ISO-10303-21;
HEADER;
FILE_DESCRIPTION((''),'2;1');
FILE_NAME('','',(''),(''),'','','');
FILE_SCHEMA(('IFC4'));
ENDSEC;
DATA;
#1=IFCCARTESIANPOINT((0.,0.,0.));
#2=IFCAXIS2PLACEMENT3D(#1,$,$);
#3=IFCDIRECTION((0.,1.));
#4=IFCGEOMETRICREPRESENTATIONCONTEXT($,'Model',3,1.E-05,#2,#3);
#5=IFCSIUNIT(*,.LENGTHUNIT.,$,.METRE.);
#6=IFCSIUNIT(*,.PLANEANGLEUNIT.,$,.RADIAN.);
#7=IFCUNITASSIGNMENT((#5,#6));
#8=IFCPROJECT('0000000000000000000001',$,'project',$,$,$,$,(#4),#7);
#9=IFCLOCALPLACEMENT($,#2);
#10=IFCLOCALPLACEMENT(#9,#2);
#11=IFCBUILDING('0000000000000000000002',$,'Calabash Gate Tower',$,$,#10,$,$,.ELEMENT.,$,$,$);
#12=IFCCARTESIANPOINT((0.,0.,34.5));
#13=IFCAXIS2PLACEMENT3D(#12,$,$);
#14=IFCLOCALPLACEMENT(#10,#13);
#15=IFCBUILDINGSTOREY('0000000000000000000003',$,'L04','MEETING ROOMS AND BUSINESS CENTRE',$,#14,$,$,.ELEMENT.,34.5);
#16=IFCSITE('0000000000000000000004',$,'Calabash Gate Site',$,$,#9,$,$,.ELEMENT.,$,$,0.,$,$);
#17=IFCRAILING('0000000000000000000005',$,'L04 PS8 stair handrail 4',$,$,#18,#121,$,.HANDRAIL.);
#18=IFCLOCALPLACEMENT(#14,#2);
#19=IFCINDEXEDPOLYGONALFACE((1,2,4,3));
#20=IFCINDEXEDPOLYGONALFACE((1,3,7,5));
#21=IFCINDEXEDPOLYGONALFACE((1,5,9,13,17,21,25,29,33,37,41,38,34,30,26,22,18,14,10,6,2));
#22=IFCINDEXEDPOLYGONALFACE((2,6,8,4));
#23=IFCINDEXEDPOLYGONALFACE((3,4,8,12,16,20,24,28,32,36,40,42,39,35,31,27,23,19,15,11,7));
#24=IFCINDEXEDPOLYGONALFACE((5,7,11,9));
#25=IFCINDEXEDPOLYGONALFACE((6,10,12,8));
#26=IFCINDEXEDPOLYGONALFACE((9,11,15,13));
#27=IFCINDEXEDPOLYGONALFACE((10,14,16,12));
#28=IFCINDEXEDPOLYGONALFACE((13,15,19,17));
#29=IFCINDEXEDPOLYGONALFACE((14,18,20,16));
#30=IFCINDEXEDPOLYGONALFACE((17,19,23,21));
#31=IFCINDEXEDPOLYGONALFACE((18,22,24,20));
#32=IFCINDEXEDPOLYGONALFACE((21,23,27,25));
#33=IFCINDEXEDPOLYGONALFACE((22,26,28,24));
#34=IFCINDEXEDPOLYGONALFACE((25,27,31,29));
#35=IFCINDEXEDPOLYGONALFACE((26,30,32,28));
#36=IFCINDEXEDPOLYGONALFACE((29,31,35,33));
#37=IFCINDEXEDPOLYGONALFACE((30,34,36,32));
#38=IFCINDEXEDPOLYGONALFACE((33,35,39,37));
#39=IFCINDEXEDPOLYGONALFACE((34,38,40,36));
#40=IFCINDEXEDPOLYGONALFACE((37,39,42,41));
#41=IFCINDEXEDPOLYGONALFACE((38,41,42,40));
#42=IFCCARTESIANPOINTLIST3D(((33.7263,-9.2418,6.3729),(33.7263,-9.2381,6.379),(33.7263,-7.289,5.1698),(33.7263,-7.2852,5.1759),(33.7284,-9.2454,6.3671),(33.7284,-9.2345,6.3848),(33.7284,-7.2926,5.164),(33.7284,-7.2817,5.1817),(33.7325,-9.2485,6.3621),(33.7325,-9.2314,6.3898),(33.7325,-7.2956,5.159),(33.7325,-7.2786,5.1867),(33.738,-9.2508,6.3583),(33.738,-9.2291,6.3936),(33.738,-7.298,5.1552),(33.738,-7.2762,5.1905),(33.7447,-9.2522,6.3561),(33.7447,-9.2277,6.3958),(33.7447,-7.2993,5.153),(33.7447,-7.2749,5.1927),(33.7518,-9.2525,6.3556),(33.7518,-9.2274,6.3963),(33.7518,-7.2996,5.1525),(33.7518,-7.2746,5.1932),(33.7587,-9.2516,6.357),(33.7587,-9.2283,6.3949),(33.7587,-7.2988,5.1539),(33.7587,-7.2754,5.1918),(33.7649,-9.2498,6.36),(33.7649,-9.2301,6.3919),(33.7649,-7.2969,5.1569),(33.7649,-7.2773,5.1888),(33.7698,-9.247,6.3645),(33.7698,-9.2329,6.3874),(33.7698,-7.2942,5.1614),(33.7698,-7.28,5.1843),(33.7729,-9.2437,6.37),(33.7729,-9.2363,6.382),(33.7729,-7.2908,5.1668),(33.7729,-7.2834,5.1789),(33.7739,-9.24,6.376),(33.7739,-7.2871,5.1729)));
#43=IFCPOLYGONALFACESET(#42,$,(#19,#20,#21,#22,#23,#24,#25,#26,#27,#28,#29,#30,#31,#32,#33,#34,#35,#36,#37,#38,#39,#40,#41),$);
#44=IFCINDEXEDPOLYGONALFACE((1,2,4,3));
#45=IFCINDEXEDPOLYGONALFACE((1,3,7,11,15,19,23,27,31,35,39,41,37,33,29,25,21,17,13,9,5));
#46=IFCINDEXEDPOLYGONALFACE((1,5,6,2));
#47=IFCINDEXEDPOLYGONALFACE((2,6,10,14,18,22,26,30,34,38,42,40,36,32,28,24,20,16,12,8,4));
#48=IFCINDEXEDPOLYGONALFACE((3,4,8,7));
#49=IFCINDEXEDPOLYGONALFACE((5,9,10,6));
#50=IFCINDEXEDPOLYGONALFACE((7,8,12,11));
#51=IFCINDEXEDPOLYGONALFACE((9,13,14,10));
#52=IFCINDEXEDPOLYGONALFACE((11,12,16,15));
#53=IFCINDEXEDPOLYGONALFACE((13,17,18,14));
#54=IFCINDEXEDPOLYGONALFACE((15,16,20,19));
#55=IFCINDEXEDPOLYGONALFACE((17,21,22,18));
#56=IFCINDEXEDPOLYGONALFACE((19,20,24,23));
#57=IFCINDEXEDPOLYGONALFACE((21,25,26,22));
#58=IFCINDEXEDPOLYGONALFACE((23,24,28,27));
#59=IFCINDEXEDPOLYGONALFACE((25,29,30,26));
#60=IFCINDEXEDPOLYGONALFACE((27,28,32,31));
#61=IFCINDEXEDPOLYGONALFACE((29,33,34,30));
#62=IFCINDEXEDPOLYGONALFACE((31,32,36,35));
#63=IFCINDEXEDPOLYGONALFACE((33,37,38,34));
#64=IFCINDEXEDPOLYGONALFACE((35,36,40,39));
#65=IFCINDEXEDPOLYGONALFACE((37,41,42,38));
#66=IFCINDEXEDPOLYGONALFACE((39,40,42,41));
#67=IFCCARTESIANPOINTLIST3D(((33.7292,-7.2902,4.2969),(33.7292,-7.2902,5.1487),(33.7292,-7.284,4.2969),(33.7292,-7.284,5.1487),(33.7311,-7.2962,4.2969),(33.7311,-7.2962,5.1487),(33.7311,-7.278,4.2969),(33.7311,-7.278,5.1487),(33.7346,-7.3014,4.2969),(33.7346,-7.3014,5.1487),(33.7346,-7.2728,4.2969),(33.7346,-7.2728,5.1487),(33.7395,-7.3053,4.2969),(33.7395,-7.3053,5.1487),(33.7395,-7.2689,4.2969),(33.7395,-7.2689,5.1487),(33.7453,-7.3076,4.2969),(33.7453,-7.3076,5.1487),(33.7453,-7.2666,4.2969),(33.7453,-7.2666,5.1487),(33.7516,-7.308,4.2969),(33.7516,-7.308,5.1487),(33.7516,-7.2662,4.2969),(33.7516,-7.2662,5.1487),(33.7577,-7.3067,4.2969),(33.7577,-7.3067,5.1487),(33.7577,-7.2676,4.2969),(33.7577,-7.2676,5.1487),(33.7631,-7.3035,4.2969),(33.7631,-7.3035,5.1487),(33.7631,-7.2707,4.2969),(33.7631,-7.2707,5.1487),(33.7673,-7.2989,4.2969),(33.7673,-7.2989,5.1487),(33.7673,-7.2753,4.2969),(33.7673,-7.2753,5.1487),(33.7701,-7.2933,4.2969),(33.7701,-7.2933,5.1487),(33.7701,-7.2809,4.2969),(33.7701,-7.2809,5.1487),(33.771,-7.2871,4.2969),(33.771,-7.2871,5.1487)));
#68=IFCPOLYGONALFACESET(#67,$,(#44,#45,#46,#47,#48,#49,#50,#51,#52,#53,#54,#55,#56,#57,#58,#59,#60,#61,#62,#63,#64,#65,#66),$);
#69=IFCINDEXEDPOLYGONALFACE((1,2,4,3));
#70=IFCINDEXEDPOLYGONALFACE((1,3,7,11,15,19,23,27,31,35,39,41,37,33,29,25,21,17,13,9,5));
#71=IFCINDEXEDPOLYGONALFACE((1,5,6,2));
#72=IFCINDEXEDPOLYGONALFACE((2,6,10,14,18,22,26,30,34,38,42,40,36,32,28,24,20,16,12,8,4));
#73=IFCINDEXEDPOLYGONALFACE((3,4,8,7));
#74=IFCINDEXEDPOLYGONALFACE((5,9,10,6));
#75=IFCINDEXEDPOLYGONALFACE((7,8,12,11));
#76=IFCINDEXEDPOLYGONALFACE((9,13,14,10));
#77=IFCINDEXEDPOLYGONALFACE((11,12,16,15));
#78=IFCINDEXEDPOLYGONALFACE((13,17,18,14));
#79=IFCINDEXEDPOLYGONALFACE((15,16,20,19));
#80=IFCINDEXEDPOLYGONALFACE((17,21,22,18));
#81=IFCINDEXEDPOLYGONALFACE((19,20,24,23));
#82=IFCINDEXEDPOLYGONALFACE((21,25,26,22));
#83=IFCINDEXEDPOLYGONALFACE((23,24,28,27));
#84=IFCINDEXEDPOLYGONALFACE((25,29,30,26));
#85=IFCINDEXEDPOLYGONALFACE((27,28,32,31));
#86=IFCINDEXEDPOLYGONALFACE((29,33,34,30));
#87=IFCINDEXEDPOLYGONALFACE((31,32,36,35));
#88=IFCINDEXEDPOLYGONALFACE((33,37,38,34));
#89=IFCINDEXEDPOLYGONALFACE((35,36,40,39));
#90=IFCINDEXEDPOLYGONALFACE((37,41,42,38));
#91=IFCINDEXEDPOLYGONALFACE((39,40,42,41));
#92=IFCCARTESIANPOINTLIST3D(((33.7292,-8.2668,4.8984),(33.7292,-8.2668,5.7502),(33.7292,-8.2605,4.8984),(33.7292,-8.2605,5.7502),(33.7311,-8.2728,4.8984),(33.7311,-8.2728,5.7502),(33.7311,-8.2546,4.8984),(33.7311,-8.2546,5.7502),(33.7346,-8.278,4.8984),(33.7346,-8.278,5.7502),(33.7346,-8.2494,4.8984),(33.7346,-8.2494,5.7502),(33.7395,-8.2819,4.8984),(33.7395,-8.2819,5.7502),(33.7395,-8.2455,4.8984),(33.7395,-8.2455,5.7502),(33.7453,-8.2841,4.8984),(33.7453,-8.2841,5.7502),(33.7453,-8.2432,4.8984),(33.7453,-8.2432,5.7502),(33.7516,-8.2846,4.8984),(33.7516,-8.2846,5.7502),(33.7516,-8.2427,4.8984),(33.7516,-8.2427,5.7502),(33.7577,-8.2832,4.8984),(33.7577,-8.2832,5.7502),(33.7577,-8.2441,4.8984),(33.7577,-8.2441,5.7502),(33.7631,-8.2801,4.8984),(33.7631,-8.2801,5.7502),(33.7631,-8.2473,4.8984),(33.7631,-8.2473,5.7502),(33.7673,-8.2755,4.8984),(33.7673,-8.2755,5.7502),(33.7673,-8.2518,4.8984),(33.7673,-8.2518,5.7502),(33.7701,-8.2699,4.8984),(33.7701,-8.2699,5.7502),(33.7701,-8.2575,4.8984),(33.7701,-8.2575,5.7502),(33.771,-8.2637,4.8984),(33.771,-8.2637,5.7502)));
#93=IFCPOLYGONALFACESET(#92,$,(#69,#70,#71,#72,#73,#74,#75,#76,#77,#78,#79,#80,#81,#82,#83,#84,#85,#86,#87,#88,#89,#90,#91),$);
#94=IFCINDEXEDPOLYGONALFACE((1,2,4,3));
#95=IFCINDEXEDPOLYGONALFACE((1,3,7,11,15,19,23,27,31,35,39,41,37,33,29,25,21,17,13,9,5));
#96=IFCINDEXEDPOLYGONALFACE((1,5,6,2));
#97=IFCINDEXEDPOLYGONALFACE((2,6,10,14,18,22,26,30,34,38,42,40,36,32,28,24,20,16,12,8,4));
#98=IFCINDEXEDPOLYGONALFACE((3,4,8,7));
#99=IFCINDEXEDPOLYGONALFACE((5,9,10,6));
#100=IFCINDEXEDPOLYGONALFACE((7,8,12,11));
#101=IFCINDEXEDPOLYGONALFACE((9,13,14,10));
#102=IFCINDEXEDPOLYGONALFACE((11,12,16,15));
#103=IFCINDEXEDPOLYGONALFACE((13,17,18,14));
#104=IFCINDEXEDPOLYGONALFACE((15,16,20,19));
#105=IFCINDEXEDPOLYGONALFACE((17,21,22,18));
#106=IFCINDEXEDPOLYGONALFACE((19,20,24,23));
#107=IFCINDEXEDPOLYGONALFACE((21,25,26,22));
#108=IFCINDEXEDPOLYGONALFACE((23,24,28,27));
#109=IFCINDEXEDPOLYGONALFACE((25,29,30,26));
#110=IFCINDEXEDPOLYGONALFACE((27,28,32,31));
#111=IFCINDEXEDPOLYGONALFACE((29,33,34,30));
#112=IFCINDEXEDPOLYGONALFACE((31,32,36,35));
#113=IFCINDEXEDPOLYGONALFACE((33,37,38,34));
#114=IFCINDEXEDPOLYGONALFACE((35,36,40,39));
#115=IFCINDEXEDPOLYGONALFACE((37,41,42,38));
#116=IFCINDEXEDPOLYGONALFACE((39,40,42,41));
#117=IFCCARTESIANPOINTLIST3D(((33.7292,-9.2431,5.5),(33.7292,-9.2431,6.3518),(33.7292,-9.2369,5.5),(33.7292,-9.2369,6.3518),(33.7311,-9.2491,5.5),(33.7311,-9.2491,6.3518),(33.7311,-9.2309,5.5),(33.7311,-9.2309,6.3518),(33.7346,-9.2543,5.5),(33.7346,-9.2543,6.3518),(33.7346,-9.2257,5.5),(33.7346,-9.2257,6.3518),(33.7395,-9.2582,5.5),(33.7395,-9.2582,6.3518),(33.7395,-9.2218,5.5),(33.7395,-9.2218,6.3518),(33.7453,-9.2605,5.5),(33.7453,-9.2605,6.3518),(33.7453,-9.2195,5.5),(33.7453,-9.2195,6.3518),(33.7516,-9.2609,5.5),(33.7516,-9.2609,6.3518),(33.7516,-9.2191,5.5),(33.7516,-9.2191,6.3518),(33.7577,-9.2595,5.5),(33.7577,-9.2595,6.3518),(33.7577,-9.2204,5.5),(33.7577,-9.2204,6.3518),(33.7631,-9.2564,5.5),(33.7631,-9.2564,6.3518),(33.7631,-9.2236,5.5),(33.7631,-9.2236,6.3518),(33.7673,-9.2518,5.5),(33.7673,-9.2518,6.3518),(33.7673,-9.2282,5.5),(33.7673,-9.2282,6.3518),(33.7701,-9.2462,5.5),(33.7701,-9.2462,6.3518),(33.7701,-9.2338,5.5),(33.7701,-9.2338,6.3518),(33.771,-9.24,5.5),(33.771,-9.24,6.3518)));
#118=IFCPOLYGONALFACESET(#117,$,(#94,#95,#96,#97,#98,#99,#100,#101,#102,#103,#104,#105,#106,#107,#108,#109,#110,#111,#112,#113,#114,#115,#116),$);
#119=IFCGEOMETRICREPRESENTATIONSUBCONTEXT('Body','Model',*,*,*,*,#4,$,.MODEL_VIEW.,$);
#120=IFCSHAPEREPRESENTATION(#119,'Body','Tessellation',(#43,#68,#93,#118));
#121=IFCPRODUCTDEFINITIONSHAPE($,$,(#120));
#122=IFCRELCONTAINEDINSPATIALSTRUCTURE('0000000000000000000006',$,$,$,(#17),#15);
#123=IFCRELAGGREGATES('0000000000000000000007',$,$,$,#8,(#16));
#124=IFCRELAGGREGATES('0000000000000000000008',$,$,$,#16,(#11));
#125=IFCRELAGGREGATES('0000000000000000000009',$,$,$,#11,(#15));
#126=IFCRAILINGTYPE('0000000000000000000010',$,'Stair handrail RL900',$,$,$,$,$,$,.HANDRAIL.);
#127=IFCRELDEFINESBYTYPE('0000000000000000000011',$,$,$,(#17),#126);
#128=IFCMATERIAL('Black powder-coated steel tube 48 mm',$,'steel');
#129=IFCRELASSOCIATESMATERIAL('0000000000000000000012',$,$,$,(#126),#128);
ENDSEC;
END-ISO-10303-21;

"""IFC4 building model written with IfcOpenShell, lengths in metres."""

from ifc_helpers import new_model, si_unit, direction, frame, origin, origin_2d, place, context, subcontext, project, spatial, circle, extrude, material, type_object, element, save


model = new_model("IFC4")

# Units and contexts
model_context = context("Model", 3, precision=1e-05, world=origin(), true_north=direction((0.0, 1.0)))
body_context = subcontext(model_context, "Body", "Model", "MODEL_VIEW")
ifc_project = project(units=[si_unit("LENGTHUNIT", "METRE"), si_unit("PLANEANGLEUNIT", "RADIAN")], contexts=[model_context])

# Site, building, storey
site_placement = place(None, origin())
site = spatial("IfcSite", under=ifc_project, at=site_placement, Name="Calabash Gate Site", CompositionType="ELEMENT", RefElevation=0.0)
building_placement = place(site_placement, origin())
building = spatial("IfcBuilding", under=site, at=building_placement, Name="Calabash Gate Tower", CompositionType="ELEMENT")
storey_placement = place(building_placement, frame((0.0, 0.0, 34.5)))
storey = spatial("IfcBuildingStorey", under=building, at=storey_placement, Name="L04", Description="MEETING ROOMS AND BUSINESS CENTRE", CompositionType="ELEMENT", Elevation=34.5)

# Railing
ifc_material_1 = material(Name="Black powder-coated steel tube 48 mm", Category="steel")
railing_type_1 = type_object("IfcRailingType", Name="Stair handrail RL900", PredefinedType="HANDRAIL", material=ifc_material_1)
railing_1_placement = place(storey_placement, frame((33.75, -7.2871, 4.2969)))
element("IfcRailing", 1, at=railing_1_placement, inside=storey, type_object=railing_type_1, Name="L04 PS8 stair handrail 4", PredefinedType="HANDRAIL", context=body_context, shape_type="SweptSolid", body=[
    extrude(circle(Radius=0.0239, at=origin_2d()), frame((0.0, 0.0, 0.876), z_axis=(0.0, -0.851395, 0.524525), x_axis=(1.0, 0.0, 0.0)), (0.0, 0.0, 1.0), 2.2937),
    extrude(circle(Radius=0.021, at=origin_2d()), origin(), (0.0, 0.0, 1.0), 0.8518),
    extrude(circle(Radius=0.021, at=origin_2d()), frame((0.0, -0.9766, 0.6016)), (0.0, 0.0, 1.0), 0.8518),
    extrude(circle(Radius=0.021, at=origin_2d()), frame((0.0, -1.9529, 1.2031)), (0.0, 0.0, 1.0), 0.8518),
])

save(model, "model.ifc")
